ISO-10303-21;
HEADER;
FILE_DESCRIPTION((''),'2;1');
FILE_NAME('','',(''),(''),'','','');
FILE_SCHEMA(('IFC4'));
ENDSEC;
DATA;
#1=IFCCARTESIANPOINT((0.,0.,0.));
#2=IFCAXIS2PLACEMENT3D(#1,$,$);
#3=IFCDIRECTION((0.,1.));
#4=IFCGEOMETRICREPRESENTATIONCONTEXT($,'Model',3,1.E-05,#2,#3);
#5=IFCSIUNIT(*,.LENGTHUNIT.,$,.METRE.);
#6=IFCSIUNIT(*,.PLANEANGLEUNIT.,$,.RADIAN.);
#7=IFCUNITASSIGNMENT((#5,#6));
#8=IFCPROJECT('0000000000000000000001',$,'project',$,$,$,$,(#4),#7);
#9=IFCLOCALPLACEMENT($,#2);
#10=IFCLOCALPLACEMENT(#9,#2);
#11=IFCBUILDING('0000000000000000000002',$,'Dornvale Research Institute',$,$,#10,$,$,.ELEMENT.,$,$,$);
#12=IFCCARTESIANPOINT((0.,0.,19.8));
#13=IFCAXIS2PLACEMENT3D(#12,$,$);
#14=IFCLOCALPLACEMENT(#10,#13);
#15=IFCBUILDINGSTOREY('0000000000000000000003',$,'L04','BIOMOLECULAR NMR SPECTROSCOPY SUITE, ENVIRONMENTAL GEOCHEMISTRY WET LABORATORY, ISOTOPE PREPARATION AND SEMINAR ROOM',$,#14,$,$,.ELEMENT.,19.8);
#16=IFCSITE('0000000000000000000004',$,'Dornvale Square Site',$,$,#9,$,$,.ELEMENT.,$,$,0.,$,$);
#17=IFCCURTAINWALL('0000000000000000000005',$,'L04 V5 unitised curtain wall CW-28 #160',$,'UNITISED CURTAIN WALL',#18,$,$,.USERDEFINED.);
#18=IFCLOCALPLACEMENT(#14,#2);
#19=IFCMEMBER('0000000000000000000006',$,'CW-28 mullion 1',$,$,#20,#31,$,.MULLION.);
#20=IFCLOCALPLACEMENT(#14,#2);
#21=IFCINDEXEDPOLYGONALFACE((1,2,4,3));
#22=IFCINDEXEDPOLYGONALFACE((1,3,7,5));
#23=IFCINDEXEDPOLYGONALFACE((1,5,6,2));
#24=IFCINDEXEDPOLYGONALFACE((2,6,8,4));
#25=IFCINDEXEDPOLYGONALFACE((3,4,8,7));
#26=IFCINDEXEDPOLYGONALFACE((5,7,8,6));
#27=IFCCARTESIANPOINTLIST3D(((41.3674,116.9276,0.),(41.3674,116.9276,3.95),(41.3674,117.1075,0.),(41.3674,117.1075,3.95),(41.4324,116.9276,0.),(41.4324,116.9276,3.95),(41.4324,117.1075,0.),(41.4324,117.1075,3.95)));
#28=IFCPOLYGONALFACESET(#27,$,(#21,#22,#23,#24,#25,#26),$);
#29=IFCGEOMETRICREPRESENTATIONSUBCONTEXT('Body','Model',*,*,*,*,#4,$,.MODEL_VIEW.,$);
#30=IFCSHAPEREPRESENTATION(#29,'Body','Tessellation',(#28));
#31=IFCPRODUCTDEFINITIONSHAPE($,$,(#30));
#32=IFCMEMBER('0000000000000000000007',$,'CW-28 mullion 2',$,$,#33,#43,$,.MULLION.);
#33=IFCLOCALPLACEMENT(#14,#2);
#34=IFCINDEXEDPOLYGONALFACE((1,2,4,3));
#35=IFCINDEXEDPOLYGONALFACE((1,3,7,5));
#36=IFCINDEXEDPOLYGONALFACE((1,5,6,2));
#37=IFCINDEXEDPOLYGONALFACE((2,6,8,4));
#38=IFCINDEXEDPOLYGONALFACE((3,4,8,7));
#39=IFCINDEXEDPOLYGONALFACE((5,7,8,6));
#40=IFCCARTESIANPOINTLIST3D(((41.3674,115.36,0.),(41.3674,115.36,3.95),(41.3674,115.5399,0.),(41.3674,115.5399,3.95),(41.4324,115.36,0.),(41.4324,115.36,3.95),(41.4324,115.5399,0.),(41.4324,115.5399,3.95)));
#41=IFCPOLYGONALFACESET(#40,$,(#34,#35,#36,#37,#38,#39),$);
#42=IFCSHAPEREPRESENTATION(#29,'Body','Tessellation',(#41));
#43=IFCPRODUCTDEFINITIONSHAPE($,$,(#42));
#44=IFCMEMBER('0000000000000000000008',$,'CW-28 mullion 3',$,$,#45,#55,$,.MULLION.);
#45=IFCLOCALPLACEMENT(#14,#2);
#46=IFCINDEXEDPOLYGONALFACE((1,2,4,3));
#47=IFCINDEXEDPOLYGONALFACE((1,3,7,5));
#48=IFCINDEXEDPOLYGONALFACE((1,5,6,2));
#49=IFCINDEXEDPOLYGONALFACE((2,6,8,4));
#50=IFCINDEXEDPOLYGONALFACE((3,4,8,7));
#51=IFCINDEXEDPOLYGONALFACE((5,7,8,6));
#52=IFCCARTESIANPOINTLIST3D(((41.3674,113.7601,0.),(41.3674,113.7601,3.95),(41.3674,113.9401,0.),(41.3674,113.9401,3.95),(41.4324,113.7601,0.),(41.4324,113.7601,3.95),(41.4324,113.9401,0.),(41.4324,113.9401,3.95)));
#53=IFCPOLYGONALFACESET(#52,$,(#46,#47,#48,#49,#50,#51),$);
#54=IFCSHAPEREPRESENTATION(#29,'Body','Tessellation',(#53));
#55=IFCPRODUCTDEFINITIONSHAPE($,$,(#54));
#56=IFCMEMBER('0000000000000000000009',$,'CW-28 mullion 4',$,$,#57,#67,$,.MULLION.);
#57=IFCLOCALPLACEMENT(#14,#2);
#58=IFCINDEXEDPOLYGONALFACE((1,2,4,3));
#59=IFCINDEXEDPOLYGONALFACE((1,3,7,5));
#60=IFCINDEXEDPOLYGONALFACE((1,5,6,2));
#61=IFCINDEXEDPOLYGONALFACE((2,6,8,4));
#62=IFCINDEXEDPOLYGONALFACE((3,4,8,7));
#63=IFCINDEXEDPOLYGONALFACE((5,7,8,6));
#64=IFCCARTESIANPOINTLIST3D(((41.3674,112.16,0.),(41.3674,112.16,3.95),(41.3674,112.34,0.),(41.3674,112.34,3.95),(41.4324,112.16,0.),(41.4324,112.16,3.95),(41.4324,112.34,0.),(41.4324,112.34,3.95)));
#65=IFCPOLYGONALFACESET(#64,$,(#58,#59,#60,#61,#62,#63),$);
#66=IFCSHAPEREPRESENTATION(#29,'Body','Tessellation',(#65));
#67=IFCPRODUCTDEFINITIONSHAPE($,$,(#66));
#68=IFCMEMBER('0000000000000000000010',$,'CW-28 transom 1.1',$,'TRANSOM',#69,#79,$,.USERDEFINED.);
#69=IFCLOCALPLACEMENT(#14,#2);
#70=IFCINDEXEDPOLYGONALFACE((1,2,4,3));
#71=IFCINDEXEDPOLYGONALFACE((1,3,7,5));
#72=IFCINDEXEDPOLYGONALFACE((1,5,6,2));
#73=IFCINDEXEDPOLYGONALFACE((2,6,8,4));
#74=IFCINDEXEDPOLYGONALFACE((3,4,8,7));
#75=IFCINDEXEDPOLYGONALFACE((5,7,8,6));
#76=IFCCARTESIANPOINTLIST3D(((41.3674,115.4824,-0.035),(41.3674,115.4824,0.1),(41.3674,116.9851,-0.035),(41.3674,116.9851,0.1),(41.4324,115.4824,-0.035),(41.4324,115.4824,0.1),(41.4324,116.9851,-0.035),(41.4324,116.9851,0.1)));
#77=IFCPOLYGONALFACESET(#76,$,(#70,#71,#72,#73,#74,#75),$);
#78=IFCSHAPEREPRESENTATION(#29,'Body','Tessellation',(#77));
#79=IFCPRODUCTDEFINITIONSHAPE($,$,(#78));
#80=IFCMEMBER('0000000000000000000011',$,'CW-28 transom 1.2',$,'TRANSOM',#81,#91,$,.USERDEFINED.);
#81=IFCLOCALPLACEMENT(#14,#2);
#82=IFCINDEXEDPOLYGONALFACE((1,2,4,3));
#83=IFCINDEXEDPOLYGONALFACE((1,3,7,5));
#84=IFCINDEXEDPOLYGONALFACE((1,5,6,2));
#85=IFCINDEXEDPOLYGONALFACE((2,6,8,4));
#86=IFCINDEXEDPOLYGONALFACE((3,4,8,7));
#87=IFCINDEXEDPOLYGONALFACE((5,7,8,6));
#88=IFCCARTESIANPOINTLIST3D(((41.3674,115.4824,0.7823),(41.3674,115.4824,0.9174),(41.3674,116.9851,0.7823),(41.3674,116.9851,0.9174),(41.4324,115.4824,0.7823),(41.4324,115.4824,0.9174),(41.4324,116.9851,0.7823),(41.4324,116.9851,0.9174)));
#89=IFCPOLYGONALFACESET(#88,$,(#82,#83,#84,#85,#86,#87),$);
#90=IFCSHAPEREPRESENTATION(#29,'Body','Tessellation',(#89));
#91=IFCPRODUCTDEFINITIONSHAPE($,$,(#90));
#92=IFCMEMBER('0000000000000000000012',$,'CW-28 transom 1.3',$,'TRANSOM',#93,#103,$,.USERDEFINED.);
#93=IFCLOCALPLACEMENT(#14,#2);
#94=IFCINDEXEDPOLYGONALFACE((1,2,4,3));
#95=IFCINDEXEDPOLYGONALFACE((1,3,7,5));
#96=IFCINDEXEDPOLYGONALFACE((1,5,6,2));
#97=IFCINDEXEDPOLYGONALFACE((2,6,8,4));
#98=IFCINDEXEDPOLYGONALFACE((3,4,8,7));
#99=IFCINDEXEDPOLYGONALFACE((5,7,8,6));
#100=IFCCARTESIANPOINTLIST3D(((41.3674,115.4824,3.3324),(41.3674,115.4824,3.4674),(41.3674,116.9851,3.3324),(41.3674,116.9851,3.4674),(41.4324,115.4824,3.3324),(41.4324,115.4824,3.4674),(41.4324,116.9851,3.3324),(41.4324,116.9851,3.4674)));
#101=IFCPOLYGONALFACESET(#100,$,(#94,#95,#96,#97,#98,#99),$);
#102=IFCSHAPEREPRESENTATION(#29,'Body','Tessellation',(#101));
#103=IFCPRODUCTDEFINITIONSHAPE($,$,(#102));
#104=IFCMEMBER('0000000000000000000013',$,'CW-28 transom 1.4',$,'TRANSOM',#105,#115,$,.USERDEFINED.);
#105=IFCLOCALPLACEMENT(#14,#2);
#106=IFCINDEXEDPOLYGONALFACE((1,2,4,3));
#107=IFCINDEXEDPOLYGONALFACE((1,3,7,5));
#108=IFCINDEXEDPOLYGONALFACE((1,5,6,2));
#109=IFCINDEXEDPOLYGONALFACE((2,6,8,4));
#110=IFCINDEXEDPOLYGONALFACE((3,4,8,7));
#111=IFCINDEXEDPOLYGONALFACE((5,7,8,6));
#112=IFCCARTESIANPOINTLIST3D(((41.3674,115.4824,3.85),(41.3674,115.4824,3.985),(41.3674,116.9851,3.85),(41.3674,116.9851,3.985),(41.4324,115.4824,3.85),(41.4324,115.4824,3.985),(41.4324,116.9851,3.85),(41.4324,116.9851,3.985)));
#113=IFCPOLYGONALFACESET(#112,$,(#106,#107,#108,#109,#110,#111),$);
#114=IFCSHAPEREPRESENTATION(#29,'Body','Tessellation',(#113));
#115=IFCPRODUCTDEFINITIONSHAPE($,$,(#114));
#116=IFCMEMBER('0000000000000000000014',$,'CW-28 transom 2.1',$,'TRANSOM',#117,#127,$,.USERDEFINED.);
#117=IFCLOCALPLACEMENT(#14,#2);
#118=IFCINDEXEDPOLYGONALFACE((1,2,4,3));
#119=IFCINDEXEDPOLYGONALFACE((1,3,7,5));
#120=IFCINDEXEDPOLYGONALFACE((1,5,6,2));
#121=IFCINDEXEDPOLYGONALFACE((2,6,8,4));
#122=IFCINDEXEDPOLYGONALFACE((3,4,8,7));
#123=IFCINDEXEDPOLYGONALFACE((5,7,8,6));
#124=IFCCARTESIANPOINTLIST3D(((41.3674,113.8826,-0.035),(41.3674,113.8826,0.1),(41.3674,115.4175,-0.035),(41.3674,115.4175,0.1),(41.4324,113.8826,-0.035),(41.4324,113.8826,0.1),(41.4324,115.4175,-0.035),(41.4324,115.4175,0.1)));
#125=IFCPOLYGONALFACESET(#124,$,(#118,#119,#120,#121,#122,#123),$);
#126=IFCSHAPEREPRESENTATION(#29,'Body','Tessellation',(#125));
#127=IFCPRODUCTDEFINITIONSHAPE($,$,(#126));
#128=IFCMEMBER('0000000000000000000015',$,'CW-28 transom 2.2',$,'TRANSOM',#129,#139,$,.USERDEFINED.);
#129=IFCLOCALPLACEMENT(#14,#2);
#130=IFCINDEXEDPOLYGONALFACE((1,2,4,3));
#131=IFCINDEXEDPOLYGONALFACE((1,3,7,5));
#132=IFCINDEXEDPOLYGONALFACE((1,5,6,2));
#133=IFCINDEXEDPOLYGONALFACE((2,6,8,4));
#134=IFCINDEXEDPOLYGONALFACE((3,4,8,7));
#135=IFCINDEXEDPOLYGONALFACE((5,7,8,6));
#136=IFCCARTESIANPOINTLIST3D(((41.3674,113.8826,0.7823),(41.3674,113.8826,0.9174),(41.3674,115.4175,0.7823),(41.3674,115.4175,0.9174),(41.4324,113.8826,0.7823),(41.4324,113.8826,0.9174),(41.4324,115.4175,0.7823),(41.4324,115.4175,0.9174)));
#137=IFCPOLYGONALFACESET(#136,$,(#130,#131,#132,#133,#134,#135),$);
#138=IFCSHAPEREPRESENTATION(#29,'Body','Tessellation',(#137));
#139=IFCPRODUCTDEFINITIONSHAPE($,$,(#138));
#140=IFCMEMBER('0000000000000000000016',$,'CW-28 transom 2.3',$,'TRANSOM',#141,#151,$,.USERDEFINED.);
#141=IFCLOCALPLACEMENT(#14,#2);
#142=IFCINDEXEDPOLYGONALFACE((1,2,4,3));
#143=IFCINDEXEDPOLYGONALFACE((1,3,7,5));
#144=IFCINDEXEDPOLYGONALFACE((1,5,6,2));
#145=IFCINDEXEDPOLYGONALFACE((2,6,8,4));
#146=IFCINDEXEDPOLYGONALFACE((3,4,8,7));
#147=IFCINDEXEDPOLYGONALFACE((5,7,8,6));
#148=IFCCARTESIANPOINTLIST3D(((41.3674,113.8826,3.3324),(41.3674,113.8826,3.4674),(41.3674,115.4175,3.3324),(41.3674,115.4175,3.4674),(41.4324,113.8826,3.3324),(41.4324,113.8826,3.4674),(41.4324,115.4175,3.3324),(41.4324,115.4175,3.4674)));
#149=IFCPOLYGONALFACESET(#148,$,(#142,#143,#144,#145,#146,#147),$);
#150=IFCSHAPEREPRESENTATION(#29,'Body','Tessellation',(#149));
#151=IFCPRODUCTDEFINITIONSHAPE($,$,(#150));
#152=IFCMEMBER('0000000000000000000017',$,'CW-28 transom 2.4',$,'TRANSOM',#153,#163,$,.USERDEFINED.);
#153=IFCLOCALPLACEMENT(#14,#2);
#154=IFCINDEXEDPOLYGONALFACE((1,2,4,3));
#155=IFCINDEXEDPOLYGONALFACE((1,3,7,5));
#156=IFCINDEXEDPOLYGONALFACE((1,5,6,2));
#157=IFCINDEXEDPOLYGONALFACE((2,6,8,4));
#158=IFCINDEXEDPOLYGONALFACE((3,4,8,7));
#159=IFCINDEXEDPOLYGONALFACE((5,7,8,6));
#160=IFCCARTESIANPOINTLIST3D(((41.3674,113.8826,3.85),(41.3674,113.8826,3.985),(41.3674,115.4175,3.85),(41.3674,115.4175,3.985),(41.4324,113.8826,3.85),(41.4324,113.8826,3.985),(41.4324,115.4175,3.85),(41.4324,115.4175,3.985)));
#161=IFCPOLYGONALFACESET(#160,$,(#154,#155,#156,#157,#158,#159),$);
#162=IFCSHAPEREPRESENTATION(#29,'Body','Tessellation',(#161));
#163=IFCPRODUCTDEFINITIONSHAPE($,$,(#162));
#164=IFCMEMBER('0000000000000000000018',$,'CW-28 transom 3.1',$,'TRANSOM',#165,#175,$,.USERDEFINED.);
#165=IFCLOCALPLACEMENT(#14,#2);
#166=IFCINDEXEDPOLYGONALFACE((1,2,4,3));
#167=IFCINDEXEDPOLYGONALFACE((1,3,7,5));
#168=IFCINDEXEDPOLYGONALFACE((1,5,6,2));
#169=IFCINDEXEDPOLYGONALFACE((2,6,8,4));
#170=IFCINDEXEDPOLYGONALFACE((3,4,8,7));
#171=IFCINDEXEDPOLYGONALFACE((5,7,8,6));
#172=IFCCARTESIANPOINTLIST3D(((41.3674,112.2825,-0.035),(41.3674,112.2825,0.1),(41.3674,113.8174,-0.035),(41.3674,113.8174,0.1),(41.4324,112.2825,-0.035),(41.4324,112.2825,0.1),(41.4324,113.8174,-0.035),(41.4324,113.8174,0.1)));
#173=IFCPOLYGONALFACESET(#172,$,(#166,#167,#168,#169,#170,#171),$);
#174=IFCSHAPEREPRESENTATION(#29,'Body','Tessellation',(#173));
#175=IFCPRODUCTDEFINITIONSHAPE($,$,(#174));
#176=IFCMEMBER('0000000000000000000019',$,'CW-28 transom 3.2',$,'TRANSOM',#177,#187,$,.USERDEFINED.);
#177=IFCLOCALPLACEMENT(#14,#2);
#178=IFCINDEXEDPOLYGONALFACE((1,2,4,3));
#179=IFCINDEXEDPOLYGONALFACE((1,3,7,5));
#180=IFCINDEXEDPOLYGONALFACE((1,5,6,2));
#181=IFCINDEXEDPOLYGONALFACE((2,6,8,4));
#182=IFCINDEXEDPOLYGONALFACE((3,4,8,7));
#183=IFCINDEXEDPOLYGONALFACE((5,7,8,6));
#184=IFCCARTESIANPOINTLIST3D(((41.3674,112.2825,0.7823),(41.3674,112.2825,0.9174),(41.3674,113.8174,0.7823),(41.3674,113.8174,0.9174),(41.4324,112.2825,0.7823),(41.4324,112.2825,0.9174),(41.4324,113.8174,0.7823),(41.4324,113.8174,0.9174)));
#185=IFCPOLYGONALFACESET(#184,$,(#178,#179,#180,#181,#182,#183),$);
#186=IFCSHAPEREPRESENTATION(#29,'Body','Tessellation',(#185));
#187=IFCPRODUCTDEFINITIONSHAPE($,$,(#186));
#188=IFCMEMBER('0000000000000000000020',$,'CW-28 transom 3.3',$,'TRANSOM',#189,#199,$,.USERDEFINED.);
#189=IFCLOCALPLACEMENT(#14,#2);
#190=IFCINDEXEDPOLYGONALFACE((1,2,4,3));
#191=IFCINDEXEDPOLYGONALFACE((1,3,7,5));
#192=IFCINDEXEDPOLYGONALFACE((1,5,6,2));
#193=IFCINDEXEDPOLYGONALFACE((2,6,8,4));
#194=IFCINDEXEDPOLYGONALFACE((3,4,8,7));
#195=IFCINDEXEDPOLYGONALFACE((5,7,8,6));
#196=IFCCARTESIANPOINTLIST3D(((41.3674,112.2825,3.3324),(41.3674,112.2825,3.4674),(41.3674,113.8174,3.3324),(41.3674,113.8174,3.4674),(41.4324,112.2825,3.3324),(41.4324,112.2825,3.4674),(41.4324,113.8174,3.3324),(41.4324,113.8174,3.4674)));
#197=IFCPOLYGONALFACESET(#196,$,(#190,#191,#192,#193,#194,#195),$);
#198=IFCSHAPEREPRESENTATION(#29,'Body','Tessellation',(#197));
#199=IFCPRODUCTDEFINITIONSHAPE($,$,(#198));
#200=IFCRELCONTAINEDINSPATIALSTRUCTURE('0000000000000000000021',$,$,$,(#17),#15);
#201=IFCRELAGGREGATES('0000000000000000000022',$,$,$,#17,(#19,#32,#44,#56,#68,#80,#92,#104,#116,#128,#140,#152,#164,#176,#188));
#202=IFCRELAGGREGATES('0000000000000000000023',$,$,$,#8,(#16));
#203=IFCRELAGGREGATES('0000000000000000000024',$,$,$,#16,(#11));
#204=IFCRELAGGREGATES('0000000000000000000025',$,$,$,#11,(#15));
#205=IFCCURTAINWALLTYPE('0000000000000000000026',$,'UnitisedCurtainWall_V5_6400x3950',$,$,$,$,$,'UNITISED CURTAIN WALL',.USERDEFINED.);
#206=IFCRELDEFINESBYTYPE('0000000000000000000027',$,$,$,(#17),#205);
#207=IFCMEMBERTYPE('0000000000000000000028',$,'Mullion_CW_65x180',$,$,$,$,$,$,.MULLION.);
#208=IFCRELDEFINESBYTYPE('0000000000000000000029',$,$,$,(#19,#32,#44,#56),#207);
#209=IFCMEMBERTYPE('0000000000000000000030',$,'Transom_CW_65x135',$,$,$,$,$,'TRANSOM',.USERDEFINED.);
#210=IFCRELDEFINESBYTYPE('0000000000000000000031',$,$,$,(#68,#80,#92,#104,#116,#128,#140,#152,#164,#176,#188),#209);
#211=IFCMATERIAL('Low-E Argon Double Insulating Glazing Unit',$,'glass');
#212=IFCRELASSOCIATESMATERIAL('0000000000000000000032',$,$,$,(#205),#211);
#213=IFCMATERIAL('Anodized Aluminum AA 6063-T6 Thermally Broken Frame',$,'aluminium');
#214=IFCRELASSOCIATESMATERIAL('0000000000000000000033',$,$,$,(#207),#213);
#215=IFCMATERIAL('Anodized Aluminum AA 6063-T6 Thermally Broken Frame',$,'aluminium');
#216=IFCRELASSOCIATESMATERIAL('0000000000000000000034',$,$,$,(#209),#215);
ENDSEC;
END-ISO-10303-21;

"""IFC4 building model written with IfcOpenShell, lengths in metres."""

from ifc_helpers import new_model, si_unit, direction, frame, origin, origin_2d, place, context, subcontext, project, spatial, rectangle, extrude, material, material_profile, profile_set, type_object, element, aggregate, save


model = new_model("IFC4")

# Units and contexts
model_context = context("Model", 3, precision=1e-05, world=origin(), true_north=direction((0.0, 1.0)))
body_context = subcontext(model_context, "Body", "Model", "MODEL_VIEW")
ifc_project = project(units=[si_unit("LENGTHUNIT", "METRE"), si_unit("PLANEANGLEUNIT", "RADIAN")], contexts=[model_context])

# Site, building, storey
site_placement = place(None, origin())
site = spatial("IfcSite", under=ifc_project, at=site_placement, Name="Dornvale Square Site", CompositionType="ELEMENT", RefElevation=0.0)
building_placement = place(site_placement, origin())
building = spatial("IfcBuilding", under=site, at=building_placement, Name="Dornvale Research Institute", CompositionType="ELEMENT")
storey_placement = place(building_placement, frame((0.0, 0.0, 19.8)))
storey = spatial("IfcBuildingStorey", under=building, at=storey_placement, Name="L04", Description="BIOMOLECULAR NMR SPECTROSCOPY SUITE, ENVIRONMENTAL GEOCHEMISTRY WET LABORATORY, ISOTOPE PREPARATION AND SEMINAR ROOM", CompositionType="ELEMENT", Elevation=19.8)

# Curtain wall, members
ifc_material_1 = material(Name="Low-E Argon Double Insulating Glazing Unit", Category="glass")
curtain_wall_type = type_object("IfcCurtainWallType", Name="UnitisedCurtainWall_V5_6400x3950", ElementType="UNITISED CURTAIN WALL", PredefinedType="USERDEFINED", material=ifc_material_1)
curtain_wall_placement = place(storey_placement, origin())
curtain_wall = element("IfcCurtainWall", 1, at=curtain_wall_placement, inside=storey, type_object=curtain_wall_type, Name="L04 V5 unitised curtain wall CW-28 #160", ObjectType="UNITISED CURTAIN WALL", PredefinedType="USERDEFINED")
ifc_material_2 = material(Name="Anodized Aluminum AA 6063-T6 Thermally Broken Frame", Category="aluminium")
ifc_material_profile_1 = material_profile(ifc_material_2, rectangle(XDim=0.0649, YDim=0.1799, at=origin_2d()), Name="ALU MULLION 65x180")
ifc_profile_set_1 = profile_set([ifc_material_profile_1], Name="Anodized Aluminum AA 6063-T6 Thermally Broken Frame")
member_type_1 = type_object("IfcMemberType", Name="Mullion_CW_65x180", PredefinedType="MULLION", material=ifc_profile_set_1)
member_1_placement = place(storey_placement, frame((41.3999, 117.0176, 0.0), z_axis=(0.0, 0.0, 1.0), x_axis=(1.0, 0.0, 0.0)))
member_1 = element("IfcMember", 2, at=member_1_placement, type_object=member_type_1, Name="CW-28 mullion 1", PredefinedType="MULLION", context=body_context, shape_type="SweptSolid", body=[
    extrude(rectangle(XDim=0.0649, YDim=0.1799, at=origin_2d()), origin(), (0.0, 0.0, 1.0), 3.95),
])
member_2_placement = place(storey_placement, frame((41.3999, 115.45, 0.0), z_axis=(0.0, 0.0, 1.0), x_axis=(1.0, 0.0, 0.0)))
member_2 = element("IfcMember", 3, at=member_2_placement, type_object=member_type_1, Name="CW-28 mullion 2", PredefinedType="MULLION", context=body_context, shape_type="SweptSolid", body=[
    extrude(rectangle(XDim=0.0649, YDim=0.1799, at=origin_2d()), origin(), (0.0, 0.0, 1.0), 3.95),
])
member_3_placement = place(storey_placement, frame((41.3999, 113.8501, 0.0), z_axis=(0.0, 0.0, 1.0), x_axis=(1.0, 0.0, 0.0)))
member_3 = element("IfcMember", 4, at=member_3_placement, type_object=member_type_1, Name="CW-28 mullion 3", PredefinedType="MULLION", context=body_context, shape_type="SweptSolid", body=[
    extrude(rectangle(XDim=0.0649, YDim=0.1799, at=origin_2d()), origin(), (0.0, 0.0, 1.0), 3.95),
])
member_4_placement = place(storey_placement, frame((41.3999, 112.25, 0.0), z_axis=(0.0, 0.0, 1.0), x_axis=(1.0, 0.0, 0.0)))
member_4 = element("IfcMember", 5, at=member_4_placement, type_object=member_type_1, Name="CW-28 mullion 4", PredefinedType="MULLION", context=body_context, shape_type="SweptSolid", body=[
    extrude(rectangle(XDim=0.0649, YDim=0.1799, at=origin_2d()), origin(), (0.0, 0.0, 1.0), 3.95),
])
ifc_material_3 = material(Name="Anodized Aluminum AA 6063-T6 Thermally Broken Frame", Category="aluminium")
ifc_material_profile_2 = material_profile(ifc_material_3, rectangle(XDim=0.0649, YDim=0.135, at=origin_2d()), Name="ALU TRANSOM 65x135")
ifc_profile_set_2 = profile_set([ifc_material_profile_2], Name="Anodized Aluminum AA 6063-T6 Thermally Broken Frame")
member_type_2 = type_object("IfcMemberType", Name="Transom_CW_65x135", ElementType="TRANSOM", PredefinedType="USERDEFINED", material=ifc_profile_set_2)
member_5_placement = place(storey_placement, frame((41.3999, 116.9851, 0.0325), z_axis=(0.0, -1.0, 0.0), x_axis=(1.0, 0.0, 0.0)))
member_5 = element("IfcMember", 6, at=member_5_placement, type_object=member_type_2, Name="CW-28 transom 1.1", ObjectType="TRANSOM", PredefinedType="USERDEFINED", context=body_context, shape_type="SweptSolid", body=[
    extrude(rectangle(XDim=0.0649, YDim=0.135, at=origin_2d()), origin(), (0.0, 0.0, 1.0), 1.5027),
])
member_6_placement = place(storey_placement, frame((41.3999, 116.9851, 0.8499), z_axis=(0.0, -1.0, 0.0), x_axis=(1.0, 0.0, 0.0)))
member_6 = element("IfcMember", 7, at=member_6_placement, type_object=member_type_2, Name="CW-28 transom 1.2", ObjectType="TRANSOM", PredefinedType="USERDEFINED", context=body_context, shape_type="SweptSolid", body=[
    extrude(rectangle(XDim=0.0649, YDim=0.135, at=origin_2d()), origin(), (0.0, 0.0, 1.0), 1.5027),
])
member_7_placement = place(storey_placement, frame((41.3999, 116.9851, 3.3999), z_axis=(0.0, -1.0, 0.0), x_axis=(1.0, 0.0, 0.0)))
member_7 = element("IfcMember", 8, at=member_7_placement, type_object=member_type_2, Name="CW-28 transom 1.3", ObjectType="TRANSOM", PredefinedType="USERDEFINED", context=body_context, shape_type="SweptSolid", body=[
    extrude(rectangle(XDim=0.0649, YDim=0.135, at=origin_2d()), origin(), (0.0, 0.0, 1.0), 1.5027),
])
member_8_placement = place(storey_placement, frame((41.3999, 116.9851, 3.9175), z_axis=(0.0, -1.0, 0.0), x_axis=(1.0, 0.0, 0.0)))
member_8 = element("IfcMember", 9, at=member_8_placement, type_object=member_type_2, Name="CW-28 transom 1.4", ObjectType="TRANSOM", PredefinedType="USERDEFINED", context=body_context, shape_type="SweptSolid", body=[
    extrude(rectangle(XDim=0.0649, YDim=0.135, at=origin_2d()), origin(), (0.0, 0.0, 1.0), 1.5027),
])
member_9_placement = place(storey_placement, frame((41.3999, 115.4175, 0.0325), z_axis=(0.0, -1.0, 0.0), x_axis=(1.0, 0.0, 0.0)))
member_9 = element("IfcMember", 10, at=member_9_placement, type_object=member_type_2, Name="CW-28 transom 2.1", ObjectType="TRANSOM", PredefinedType="USERDEFINED", context=body_context, shape_type="SweptSolid", body=[
    extrude(rectangle(XDim=0.0649, YDim=0.135, at=origin_2d()), origin(), (0.0, 0.0, 1.0), 1.5349),
])
member_10_placement = place(storey_placement, frame((41.3999, 115.4175, 0.8499), z_axis=(0.0, -1.0, 0.0), x_axis=(1.0, 0.0, 0.0)))
member_10 = element("IfcMember", 11, at=member_10_placement, type_object=member_type_2, Name="CW-28 transom 2.2", ObjectType="TRANSOM", PredefinedType="USERDEFINED", context=body_context, shape_type="SweptSolid", body=[
    extrude(rectangle(XDim=0.0649, YDim=0.135, at=origin_2d()), origin(), (0.0, 0.0, 1.0), 1.5349),
])
member_11_placement = place(storey_placement, frame((41.3999, 115.4175, 3.3999), z_axis=(0.0, -1.0, 0.0), x_axis=(1.0, 0.0, 0.0)))
member_11 = element("IfcMember", 12, at=member_11_placement, type_object=member_type_2, Name="CW-28 transom 2.3", ObjectType="TRANSOM", PredefinedType="USERDEFINED", context=body_context, shape_type="SweptSolid", body=[
    extrude(rectangle(XDim=0.0649, YDim=0.135, at=origin_2d()), origin(), (0.0, 0.0, 1.0), 1.5349),
])
member_12_placement = place(storey_placement, frame((41.3999, 115.4175, 3.9175), z_axis=(0.0, -1.0, 0.0), x_axis=(1.0, 0.0, 0.0)))
member_12 = element("IfcMember", 13, at=member_12_placement, type_object=member_type_2, Name="CW-28 transom 2.4", ObjectType="TRANSOM", PredefinedType="USERDEFINED", context=body_context, shape_type="SweptSolid", body=[
    extrude(rectangle(XDim=0.0649, YDim=0.135, at=origin_2d()), origin(), (0.0, 0.0, 1.0), 1.5349),
])
member_13_placement = place(storey_placement, frame((41.3999, 113.8174, 0.0325), z_axis=(0.0, -1.0, 0.0), x_axis=(1.0, 0.0, 0.0)))
member_13 = element("IfcMember", 14, at=member_13_placement, type_object=member_type_2, Name="CW-28 transom 3.1", ObjectType="TRANSOM", PredefinedType="USERDEFINED", context=body_context, shape_type="SweptSolid", body=[
    extrude(rectangle(XDim=0.0649, YDim=0.135, at=origin_2d()), origin(), (0.0, 0.0, 1.0), 1.5349),
])
member_14_placement = place(storey_placement, frame((41.3999, 113.8174, 0.8499), z_axis=(0.0, -1.0, 0.0), x_axis=(1.0, 0.0, 0.0)))
member_14 = element("IfcMember", 15, at=member_14_placement, type_object=member_type_2, Name="CW-28 transom 3.2", ObjectType="TRANSOM", PredefinedType="USERDEFINED", context=body_context, shape_type="SweptSolid", body=[
    extrude(rectangle(XDim=0.0649, YDim=0.135, at=origin_2d()), origin(), (0.0, 0.0, 1.0), 1.5349),
])
member_15_placement = place(storey_placement, frame((41.3999, 113.8174, 3.3999), z_axis=(0.0, -1.0, 0.0), x_axis=(1.0, 0.0, 0.0)))
member_15 = element("IfcMember", 16, at=member_15_placement, type_object=member_type_2, Name="CW-28 transom 3.3", ObjectType="TRANSOM", PredefinedType="USERDEFINED", context=body_context, shape_type="SweptSolid", body=[
    extrude(rectangle(XDim=0.0649, YDim=0.135, at=origin_2d()), origin(), (0.0, 0.0, 1.0), 1.5349),
])
aggregate(curtain_wall, [member_1, member_2, member_3, member_4, member_5, member_6, member_7, member_8, member_9, member_10, member_11, member_12, member_13, member_14, member_15])

save(model, "model.ifc")
